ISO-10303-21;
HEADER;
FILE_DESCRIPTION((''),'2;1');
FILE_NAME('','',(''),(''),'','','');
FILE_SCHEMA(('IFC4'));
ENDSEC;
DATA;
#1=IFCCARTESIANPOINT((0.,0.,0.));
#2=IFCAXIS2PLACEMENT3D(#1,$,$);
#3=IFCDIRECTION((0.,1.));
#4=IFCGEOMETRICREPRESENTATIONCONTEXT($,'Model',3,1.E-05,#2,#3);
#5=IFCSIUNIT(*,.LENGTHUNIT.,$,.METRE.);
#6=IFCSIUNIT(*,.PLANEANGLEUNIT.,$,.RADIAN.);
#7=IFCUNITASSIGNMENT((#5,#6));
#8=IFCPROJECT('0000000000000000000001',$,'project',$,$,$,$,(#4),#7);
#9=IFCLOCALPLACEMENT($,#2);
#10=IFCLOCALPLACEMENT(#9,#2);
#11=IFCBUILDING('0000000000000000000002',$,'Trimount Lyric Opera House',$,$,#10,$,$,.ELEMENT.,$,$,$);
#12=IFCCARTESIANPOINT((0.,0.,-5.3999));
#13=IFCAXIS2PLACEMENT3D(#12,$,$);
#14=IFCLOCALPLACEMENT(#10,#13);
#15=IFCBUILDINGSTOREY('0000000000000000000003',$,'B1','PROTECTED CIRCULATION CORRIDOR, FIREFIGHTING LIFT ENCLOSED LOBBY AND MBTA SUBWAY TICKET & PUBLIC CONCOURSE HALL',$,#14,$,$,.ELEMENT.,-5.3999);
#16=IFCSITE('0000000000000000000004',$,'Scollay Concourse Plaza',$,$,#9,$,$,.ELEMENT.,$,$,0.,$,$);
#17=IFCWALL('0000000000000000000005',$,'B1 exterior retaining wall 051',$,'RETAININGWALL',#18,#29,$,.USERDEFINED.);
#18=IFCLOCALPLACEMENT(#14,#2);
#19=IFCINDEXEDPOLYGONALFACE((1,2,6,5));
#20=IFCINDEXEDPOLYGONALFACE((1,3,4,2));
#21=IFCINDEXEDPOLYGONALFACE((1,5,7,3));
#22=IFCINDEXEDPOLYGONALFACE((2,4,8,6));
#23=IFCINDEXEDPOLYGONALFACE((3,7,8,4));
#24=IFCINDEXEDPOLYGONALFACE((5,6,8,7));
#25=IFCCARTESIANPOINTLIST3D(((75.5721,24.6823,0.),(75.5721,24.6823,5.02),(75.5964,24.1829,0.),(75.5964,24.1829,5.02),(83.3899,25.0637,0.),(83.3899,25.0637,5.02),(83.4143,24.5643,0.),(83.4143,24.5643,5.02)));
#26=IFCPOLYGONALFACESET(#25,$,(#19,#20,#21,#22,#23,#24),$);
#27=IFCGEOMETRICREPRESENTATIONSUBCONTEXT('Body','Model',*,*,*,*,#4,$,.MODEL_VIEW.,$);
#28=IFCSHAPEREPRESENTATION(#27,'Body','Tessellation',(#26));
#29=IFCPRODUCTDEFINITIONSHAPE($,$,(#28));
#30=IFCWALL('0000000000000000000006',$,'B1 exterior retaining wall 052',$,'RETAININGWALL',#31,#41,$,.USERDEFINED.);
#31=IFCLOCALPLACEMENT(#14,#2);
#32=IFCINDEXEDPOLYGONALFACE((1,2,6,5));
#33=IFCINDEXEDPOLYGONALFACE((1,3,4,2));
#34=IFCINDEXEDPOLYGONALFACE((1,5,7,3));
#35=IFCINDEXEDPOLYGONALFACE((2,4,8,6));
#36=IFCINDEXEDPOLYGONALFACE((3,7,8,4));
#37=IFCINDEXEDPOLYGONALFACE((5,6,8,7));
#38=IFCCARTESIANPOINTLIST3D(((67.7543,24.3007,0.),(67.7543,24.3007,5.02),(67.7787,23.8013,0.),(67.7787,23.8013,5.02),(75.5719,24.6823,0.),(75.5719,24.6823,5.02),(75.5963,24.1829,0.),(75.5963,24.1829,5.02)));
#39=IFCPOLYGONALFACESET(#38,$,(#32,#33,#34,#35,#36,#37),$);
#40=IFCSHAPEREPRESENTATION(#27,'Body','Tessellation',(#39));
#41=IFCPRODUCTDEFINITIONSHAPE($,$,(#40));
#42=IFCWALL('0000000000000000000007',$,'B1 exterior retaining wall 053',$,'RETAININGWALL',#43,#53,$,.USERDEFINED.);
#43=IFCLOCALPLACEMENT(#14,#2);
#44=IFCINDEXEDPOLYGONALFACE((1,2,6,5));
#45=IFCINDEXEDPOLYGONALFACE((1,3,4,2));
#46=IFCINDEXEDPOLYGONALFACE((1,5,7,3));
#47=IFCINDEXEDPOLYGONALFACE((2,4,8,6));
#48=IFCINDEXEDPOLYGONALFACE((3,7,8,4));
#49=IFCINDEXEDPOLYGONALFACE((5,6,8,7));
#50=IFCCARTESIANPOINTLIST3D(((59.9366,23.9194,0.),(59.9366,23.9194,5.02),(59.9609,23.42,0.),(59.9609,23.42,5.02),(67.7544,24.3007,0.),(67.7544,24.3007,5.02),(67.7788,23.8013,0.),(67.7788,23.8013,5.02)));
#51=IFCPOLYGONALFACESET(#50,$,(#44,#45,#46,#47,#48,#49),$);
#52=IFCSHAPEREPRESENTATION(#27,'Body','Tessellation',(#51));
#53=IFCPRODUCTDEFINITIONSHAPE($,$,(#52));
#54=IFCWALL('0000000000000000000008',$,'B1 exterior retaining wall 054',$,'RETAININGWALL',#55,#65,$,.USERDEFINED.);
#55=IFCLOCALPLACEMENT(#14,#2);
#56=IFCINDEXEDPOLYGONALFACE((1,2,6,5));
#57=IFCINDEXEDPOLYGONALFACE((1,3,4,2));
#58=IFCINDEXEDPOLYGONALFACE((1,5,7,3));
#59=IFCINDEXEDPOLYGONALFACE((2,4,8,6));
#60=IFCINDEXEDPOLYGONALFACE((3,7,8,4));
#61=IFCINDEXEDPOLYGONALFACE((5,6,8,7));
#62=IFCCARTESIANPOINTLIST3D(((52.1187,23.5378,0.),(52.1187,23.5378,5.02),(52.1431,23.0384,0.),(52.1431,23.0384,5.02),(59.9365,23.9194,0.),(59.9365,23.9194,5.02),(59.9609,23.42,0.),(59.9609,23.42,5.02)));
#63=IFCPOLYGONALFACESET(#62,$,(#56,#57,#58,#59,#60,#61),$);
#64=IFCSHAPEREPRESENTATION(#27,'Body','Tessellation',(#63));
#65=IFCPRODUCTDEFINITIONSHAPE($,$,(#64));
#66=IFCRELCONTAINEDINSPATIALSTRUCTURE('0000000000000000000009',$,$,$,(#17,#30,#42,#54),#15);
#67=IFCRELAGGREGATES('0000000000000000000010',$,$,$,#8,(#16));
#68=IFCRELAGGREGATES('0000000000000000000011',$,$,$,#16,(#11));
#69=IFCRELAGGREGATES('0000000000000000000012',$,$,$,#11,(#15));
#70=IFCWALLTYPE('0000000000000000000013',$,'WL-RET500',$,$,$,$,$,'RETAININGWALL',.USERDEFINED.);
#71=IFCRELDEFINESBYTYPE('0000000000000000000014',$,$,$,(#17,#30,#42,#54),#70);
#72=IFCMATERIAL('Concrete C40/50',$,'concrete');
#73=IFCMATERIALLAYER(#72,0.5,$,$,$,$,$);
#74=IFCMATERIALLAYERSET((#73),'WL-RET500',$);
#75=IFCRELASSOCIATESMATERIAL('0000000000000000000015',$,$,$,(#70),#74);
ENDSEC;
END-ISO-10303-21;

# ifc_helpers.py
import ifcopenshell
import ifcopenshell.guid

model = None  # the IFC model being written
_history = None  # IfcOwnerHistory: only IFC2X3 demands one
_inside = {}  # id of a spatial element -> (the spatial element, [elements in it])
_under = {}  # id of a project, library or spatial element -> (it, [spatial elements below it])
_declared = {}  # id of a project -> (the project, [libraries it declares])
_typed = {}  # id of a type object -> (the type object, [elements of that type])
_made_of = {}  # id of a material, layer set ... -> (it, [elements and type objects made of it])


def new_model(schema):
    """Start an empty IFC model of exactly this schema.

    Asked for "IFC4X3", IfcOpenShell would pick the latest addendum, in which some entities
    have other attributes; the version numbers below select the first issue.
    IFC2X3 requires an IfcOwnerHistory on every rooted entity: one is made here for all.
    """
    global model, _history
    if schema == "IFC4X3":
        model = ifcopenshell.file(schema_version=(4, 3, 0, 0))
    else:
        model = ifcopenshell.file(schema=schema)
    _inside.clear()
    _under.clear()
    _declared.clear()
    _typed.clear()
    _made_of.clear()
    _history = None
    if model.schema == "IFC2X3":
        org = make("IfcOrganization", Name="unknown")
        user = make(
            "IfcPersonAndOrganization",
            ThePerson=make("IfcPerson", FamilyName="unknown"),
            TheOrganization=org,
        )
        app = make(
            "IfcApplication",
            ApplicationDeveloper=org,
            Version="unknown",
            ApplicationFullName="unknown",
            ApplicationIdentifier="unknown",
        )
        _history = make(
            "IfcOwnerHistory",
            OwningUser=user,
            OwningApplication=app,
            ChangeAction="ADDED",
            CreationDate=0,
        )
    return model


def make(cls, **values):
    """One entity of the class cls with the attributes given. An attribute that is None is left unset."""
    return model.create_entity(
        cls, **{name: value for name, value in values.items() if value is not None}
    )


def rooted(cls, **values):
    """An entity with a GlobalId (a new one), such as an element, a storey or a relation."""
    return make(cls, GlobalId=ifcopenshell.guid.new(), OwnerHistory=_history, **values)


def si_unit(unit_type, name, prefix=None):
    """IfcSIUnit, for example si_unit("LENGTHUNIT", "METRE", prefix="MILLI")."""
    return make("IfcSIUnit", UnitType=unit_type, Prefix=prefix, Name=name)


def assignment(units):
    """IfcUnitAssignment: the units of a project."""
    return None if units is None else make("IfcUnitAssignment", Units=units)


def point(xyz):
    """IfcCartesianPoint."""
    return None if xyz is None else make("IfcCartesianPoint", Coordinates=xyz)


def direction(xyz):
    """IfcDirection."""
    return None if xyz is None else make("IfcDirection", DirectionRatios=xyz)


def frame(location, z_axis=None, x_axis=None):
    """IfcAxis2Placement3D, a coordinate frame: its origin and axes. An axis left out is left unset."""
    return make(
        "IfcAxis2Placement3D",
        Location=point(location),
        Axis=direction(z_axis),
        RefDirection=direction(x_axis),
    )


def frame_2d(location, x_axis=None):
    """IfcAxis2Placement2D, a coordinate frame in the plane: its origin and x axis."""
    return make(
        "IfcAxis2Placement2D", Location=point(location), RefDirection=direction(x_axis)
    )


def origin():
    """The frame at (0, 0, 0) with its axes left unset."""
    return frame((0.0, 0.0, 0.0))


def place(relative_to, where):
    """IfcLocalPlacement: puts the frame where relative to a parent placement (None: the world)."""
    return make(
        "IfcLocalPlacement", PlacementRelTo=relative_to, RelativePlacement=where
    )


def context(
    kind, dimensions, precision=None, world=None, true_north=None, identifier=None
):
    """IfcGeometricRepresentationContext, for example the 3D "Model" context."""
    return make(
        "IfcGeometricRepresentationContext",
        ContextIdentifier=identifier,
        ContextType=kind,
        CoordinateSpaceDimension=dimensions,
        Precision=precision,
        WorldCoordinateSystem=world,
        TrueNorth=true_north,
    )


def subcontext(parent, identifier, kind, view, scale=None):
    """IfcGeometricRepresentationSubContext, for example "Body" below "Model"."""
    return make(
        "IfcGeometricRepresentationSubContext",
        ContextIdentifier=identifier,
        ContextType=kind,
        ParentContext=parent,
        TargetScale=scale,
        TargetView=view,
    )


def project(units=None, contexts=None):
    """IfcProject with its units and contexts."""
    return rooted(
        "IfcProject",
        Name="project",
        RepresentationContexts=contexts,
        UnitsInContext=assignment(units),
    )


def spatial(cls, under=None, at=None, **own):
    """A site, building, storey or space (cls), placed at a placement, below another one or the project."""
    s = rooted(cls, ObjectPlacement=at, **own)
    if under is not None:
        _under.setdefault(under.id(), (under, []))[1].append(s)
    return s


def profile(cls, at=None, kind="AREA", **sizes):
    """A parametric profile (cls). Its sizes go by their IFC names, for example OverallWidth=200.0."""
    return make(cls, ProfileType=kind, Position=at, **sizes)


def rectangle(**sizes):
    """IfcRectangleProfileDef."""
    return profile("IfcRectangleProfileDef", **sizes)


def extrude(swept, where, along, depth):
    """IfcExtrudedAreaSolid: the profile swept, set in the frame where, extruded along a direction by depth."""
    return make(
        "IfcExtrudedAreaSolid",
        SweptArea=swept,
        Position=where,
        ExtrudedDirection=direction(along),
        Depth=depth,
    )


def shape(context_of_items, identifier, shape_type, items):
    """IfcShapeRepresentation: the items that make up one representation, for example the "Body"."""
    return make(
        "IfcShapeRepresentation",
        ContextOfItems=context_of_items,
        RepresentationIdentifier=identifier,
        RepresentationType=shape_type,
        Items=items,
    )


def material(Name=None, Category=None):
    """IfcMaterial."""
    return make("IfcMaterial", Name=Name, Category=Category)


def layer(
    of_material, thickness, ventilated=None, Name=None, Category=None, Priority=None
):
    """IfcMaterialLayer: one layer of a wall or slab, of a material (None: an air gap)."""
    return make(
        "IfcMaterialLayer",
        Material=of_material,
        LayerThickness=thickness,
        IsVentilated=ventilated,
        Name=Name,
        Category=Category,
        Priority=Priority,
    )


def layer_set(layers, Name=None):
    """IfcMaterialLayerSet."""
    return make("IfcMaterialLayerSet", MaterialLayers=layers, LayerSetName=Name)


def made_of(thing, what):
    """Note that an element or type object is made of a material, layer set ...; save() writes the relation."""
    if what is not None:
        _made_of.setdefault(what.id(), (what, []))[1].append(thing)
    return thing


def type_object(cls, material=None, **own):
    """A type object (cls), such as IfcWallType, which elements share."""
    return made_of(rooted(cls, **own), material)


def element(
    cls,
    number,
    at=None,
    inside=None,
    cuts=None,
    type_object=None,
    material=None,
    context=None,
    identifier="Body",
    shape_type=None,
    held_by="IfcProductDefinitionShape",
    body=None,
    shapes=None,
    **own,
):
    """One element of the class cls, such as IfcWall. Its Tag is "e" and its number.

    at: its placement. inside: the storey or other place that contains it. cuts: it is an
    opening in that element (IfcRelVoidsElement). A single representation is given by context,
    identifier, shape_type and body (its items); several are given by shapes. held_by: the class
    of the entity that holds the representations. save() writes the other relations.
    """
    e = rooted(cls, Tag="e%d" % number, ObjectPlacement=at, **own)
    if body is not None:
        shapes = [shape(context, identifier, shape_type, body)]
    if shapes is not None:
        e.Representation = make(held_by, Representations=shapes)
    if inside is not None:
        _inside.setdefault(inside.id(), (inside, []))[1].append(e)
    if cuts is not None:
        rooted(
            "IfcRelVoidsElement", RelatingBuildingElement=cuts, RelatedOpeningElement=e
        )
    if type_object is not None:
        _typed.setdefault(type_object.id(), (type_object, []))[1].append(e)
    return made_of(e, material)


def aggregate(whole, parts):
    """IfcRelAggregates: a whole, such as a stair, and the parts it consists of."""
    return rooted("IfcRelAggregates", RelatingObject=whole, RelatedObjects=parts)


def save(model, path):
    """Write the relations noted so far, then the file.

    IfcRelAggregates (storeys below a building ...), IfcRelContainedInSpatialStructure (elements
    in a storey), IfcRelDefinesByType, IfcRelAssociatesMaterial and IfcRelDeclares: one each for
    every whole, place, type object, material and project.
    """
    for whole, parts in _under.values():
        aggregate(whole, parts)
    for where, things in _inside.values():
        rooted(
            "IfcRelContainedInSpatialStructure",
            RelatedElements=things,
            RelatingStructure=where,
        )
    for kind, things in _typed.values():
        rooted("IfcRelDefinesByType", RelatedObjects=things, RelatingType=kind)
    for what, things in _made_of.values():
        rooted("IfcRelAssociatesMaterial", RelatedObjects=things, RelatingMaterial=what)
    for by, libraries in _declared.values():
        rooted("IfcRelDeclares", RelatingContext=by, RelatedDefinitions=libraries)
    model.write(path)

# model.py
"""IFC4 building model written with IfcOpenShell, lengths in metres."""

from ifc_helpers import new_model, si_unit, direction, frame, frame_2d, origin, place, context, subcontext, project, spatial, rectangle, extrude, material, layer, layer_set, type_object, element, save


model = new_model("IFC4")

# Units and contexts
model_context = context("Model", 3, precision=1e-05, world=origin(), true_north=direction((0.0, 1.0)))
body_context = subcontext(model_context, "Body", "Model", "MODEL_VIEW")
ifc_project = project(units=[si_unit("LENGTHUNIT", "METRE"), si_unit("PLANEANGLEUNIT", "RADIAN")], contexts=[model_context])

# Site, building, storey
site_placement = place(None, origin())
site = spatial("IfcSite", under=ifc_project, at=site_placement, Name="Scollay Concourse Plaza", CompositionType="ELEMENT", RefElevation=0.0)
building_placement = place(site_placement, origin())
building = spatial("IfcBuilding", under=site, at=building_placement, Name="Trimount Lyric Opera House", CompositionType="ELEMENT")
storey_placement = place(building_placement, frame((0.0, 0.0, -5.3999)))
storey = spatial("IfcBuildingStorey", under=building, at=storey_placement, Name="B1", Description="PROTECTED CIRCULATION CORRIDOR, FIREFIGHTING LIFT ENCLOSED LOBBY AND MBTA SUBWAY TICKET & PUBLIC CONCOURSE HALL", CompositionType="ELEMENT", Elevation=-5.3999)

# Walls
ifc_material_1 = material(Name="Concrete C40/50", Category="concrete")
ifc_layer_1 = layer(ifc_material_1, 0.5)
ifc_layer_set_1 = layer_set([ifc_layer_1], Name="WL-RET500")
wall_type_1 = type_object("IfcWallType", Name="WL-RET500", ElementType="RETAININGWALL", PredefinedType="USERDEFINED", material=ifc_layer_set_1)
wall_1_placement = place(storey_placement, frame((83.4021, 24.814, 0.0), z_axis=(0.0, 0.0, 1.0), x_axis=(-0.998812, -0.048721, 0.0)))
element("IfcWall", 1, at=wall_1_placement, inside=storey, type_object=wall_type_1, Name="B1 exterior retaining wall 051", ObjectType="RETAININGWALL", PredefinedType="USERDEFINED", context=body_context, shape_type="SweptSolid", body=[
    extrude(rectangle(XDim=7.8271, YDim=0.5, at=frame_2d((3.9136, 0.0))), origin(), (0.0, 0.0, 1.0), 5.02),
])
wall_2_placement = place(storey_placement, frame((75.5842, 24.4326, 0.0), z_axis=(0.0, 0.0, 1.0), x_axis=(-0.998811, -0.048754, 0.0)))
element("IfcWall", 2, at=wall_2_placement, inside=storey, type_object=wall_type_1, Name="B1 exterior retaining wall 052", ObjectType="RETAININGWALL", PredefinedType="USERDEFINED", context=body_context, shape_type="SweptSolid", body=[
    extrude(rectangle(XDim=7.8269, YDim=0.5, at=frame_2d((3.9136, 0.0))), origin(), (0.0, 0.0, 1.0), 5.02),
])
for number, where, z_axis, x_axis, name in (
    (3, (67.7666, 24.051, 0.0), (0.0, 0.0, 1.0), (-0.998812, -0.048721, 0.0), "B1 exterior retaining wall 053"),
    (4, (59.9487, 23.6697, 0.0), (0.0, 0.0, 1.0), (-0.998811, -0.048752, 0.0), "B1 exterior retaining wall 054"),
):
    element("IfcWall", number, at=place(storey_placement, frame(where, z_axis=z_axis, x_axis=x_axis)), inside=storey, type_object=wall_type_1, Name=name, ObjectType="RETAININGWALL", PredefinedType="USERDEFINED", context=body_context, shape_type="SweptSolid", body=[
        extrude(rectangle(XDim=7.8271, YDim=0.5, at=frame_2d((3.9136, 0.0))), origin(), (0.0, 0.0, 1.0), 5.02),
    ])

save(model, "model.ifc")
